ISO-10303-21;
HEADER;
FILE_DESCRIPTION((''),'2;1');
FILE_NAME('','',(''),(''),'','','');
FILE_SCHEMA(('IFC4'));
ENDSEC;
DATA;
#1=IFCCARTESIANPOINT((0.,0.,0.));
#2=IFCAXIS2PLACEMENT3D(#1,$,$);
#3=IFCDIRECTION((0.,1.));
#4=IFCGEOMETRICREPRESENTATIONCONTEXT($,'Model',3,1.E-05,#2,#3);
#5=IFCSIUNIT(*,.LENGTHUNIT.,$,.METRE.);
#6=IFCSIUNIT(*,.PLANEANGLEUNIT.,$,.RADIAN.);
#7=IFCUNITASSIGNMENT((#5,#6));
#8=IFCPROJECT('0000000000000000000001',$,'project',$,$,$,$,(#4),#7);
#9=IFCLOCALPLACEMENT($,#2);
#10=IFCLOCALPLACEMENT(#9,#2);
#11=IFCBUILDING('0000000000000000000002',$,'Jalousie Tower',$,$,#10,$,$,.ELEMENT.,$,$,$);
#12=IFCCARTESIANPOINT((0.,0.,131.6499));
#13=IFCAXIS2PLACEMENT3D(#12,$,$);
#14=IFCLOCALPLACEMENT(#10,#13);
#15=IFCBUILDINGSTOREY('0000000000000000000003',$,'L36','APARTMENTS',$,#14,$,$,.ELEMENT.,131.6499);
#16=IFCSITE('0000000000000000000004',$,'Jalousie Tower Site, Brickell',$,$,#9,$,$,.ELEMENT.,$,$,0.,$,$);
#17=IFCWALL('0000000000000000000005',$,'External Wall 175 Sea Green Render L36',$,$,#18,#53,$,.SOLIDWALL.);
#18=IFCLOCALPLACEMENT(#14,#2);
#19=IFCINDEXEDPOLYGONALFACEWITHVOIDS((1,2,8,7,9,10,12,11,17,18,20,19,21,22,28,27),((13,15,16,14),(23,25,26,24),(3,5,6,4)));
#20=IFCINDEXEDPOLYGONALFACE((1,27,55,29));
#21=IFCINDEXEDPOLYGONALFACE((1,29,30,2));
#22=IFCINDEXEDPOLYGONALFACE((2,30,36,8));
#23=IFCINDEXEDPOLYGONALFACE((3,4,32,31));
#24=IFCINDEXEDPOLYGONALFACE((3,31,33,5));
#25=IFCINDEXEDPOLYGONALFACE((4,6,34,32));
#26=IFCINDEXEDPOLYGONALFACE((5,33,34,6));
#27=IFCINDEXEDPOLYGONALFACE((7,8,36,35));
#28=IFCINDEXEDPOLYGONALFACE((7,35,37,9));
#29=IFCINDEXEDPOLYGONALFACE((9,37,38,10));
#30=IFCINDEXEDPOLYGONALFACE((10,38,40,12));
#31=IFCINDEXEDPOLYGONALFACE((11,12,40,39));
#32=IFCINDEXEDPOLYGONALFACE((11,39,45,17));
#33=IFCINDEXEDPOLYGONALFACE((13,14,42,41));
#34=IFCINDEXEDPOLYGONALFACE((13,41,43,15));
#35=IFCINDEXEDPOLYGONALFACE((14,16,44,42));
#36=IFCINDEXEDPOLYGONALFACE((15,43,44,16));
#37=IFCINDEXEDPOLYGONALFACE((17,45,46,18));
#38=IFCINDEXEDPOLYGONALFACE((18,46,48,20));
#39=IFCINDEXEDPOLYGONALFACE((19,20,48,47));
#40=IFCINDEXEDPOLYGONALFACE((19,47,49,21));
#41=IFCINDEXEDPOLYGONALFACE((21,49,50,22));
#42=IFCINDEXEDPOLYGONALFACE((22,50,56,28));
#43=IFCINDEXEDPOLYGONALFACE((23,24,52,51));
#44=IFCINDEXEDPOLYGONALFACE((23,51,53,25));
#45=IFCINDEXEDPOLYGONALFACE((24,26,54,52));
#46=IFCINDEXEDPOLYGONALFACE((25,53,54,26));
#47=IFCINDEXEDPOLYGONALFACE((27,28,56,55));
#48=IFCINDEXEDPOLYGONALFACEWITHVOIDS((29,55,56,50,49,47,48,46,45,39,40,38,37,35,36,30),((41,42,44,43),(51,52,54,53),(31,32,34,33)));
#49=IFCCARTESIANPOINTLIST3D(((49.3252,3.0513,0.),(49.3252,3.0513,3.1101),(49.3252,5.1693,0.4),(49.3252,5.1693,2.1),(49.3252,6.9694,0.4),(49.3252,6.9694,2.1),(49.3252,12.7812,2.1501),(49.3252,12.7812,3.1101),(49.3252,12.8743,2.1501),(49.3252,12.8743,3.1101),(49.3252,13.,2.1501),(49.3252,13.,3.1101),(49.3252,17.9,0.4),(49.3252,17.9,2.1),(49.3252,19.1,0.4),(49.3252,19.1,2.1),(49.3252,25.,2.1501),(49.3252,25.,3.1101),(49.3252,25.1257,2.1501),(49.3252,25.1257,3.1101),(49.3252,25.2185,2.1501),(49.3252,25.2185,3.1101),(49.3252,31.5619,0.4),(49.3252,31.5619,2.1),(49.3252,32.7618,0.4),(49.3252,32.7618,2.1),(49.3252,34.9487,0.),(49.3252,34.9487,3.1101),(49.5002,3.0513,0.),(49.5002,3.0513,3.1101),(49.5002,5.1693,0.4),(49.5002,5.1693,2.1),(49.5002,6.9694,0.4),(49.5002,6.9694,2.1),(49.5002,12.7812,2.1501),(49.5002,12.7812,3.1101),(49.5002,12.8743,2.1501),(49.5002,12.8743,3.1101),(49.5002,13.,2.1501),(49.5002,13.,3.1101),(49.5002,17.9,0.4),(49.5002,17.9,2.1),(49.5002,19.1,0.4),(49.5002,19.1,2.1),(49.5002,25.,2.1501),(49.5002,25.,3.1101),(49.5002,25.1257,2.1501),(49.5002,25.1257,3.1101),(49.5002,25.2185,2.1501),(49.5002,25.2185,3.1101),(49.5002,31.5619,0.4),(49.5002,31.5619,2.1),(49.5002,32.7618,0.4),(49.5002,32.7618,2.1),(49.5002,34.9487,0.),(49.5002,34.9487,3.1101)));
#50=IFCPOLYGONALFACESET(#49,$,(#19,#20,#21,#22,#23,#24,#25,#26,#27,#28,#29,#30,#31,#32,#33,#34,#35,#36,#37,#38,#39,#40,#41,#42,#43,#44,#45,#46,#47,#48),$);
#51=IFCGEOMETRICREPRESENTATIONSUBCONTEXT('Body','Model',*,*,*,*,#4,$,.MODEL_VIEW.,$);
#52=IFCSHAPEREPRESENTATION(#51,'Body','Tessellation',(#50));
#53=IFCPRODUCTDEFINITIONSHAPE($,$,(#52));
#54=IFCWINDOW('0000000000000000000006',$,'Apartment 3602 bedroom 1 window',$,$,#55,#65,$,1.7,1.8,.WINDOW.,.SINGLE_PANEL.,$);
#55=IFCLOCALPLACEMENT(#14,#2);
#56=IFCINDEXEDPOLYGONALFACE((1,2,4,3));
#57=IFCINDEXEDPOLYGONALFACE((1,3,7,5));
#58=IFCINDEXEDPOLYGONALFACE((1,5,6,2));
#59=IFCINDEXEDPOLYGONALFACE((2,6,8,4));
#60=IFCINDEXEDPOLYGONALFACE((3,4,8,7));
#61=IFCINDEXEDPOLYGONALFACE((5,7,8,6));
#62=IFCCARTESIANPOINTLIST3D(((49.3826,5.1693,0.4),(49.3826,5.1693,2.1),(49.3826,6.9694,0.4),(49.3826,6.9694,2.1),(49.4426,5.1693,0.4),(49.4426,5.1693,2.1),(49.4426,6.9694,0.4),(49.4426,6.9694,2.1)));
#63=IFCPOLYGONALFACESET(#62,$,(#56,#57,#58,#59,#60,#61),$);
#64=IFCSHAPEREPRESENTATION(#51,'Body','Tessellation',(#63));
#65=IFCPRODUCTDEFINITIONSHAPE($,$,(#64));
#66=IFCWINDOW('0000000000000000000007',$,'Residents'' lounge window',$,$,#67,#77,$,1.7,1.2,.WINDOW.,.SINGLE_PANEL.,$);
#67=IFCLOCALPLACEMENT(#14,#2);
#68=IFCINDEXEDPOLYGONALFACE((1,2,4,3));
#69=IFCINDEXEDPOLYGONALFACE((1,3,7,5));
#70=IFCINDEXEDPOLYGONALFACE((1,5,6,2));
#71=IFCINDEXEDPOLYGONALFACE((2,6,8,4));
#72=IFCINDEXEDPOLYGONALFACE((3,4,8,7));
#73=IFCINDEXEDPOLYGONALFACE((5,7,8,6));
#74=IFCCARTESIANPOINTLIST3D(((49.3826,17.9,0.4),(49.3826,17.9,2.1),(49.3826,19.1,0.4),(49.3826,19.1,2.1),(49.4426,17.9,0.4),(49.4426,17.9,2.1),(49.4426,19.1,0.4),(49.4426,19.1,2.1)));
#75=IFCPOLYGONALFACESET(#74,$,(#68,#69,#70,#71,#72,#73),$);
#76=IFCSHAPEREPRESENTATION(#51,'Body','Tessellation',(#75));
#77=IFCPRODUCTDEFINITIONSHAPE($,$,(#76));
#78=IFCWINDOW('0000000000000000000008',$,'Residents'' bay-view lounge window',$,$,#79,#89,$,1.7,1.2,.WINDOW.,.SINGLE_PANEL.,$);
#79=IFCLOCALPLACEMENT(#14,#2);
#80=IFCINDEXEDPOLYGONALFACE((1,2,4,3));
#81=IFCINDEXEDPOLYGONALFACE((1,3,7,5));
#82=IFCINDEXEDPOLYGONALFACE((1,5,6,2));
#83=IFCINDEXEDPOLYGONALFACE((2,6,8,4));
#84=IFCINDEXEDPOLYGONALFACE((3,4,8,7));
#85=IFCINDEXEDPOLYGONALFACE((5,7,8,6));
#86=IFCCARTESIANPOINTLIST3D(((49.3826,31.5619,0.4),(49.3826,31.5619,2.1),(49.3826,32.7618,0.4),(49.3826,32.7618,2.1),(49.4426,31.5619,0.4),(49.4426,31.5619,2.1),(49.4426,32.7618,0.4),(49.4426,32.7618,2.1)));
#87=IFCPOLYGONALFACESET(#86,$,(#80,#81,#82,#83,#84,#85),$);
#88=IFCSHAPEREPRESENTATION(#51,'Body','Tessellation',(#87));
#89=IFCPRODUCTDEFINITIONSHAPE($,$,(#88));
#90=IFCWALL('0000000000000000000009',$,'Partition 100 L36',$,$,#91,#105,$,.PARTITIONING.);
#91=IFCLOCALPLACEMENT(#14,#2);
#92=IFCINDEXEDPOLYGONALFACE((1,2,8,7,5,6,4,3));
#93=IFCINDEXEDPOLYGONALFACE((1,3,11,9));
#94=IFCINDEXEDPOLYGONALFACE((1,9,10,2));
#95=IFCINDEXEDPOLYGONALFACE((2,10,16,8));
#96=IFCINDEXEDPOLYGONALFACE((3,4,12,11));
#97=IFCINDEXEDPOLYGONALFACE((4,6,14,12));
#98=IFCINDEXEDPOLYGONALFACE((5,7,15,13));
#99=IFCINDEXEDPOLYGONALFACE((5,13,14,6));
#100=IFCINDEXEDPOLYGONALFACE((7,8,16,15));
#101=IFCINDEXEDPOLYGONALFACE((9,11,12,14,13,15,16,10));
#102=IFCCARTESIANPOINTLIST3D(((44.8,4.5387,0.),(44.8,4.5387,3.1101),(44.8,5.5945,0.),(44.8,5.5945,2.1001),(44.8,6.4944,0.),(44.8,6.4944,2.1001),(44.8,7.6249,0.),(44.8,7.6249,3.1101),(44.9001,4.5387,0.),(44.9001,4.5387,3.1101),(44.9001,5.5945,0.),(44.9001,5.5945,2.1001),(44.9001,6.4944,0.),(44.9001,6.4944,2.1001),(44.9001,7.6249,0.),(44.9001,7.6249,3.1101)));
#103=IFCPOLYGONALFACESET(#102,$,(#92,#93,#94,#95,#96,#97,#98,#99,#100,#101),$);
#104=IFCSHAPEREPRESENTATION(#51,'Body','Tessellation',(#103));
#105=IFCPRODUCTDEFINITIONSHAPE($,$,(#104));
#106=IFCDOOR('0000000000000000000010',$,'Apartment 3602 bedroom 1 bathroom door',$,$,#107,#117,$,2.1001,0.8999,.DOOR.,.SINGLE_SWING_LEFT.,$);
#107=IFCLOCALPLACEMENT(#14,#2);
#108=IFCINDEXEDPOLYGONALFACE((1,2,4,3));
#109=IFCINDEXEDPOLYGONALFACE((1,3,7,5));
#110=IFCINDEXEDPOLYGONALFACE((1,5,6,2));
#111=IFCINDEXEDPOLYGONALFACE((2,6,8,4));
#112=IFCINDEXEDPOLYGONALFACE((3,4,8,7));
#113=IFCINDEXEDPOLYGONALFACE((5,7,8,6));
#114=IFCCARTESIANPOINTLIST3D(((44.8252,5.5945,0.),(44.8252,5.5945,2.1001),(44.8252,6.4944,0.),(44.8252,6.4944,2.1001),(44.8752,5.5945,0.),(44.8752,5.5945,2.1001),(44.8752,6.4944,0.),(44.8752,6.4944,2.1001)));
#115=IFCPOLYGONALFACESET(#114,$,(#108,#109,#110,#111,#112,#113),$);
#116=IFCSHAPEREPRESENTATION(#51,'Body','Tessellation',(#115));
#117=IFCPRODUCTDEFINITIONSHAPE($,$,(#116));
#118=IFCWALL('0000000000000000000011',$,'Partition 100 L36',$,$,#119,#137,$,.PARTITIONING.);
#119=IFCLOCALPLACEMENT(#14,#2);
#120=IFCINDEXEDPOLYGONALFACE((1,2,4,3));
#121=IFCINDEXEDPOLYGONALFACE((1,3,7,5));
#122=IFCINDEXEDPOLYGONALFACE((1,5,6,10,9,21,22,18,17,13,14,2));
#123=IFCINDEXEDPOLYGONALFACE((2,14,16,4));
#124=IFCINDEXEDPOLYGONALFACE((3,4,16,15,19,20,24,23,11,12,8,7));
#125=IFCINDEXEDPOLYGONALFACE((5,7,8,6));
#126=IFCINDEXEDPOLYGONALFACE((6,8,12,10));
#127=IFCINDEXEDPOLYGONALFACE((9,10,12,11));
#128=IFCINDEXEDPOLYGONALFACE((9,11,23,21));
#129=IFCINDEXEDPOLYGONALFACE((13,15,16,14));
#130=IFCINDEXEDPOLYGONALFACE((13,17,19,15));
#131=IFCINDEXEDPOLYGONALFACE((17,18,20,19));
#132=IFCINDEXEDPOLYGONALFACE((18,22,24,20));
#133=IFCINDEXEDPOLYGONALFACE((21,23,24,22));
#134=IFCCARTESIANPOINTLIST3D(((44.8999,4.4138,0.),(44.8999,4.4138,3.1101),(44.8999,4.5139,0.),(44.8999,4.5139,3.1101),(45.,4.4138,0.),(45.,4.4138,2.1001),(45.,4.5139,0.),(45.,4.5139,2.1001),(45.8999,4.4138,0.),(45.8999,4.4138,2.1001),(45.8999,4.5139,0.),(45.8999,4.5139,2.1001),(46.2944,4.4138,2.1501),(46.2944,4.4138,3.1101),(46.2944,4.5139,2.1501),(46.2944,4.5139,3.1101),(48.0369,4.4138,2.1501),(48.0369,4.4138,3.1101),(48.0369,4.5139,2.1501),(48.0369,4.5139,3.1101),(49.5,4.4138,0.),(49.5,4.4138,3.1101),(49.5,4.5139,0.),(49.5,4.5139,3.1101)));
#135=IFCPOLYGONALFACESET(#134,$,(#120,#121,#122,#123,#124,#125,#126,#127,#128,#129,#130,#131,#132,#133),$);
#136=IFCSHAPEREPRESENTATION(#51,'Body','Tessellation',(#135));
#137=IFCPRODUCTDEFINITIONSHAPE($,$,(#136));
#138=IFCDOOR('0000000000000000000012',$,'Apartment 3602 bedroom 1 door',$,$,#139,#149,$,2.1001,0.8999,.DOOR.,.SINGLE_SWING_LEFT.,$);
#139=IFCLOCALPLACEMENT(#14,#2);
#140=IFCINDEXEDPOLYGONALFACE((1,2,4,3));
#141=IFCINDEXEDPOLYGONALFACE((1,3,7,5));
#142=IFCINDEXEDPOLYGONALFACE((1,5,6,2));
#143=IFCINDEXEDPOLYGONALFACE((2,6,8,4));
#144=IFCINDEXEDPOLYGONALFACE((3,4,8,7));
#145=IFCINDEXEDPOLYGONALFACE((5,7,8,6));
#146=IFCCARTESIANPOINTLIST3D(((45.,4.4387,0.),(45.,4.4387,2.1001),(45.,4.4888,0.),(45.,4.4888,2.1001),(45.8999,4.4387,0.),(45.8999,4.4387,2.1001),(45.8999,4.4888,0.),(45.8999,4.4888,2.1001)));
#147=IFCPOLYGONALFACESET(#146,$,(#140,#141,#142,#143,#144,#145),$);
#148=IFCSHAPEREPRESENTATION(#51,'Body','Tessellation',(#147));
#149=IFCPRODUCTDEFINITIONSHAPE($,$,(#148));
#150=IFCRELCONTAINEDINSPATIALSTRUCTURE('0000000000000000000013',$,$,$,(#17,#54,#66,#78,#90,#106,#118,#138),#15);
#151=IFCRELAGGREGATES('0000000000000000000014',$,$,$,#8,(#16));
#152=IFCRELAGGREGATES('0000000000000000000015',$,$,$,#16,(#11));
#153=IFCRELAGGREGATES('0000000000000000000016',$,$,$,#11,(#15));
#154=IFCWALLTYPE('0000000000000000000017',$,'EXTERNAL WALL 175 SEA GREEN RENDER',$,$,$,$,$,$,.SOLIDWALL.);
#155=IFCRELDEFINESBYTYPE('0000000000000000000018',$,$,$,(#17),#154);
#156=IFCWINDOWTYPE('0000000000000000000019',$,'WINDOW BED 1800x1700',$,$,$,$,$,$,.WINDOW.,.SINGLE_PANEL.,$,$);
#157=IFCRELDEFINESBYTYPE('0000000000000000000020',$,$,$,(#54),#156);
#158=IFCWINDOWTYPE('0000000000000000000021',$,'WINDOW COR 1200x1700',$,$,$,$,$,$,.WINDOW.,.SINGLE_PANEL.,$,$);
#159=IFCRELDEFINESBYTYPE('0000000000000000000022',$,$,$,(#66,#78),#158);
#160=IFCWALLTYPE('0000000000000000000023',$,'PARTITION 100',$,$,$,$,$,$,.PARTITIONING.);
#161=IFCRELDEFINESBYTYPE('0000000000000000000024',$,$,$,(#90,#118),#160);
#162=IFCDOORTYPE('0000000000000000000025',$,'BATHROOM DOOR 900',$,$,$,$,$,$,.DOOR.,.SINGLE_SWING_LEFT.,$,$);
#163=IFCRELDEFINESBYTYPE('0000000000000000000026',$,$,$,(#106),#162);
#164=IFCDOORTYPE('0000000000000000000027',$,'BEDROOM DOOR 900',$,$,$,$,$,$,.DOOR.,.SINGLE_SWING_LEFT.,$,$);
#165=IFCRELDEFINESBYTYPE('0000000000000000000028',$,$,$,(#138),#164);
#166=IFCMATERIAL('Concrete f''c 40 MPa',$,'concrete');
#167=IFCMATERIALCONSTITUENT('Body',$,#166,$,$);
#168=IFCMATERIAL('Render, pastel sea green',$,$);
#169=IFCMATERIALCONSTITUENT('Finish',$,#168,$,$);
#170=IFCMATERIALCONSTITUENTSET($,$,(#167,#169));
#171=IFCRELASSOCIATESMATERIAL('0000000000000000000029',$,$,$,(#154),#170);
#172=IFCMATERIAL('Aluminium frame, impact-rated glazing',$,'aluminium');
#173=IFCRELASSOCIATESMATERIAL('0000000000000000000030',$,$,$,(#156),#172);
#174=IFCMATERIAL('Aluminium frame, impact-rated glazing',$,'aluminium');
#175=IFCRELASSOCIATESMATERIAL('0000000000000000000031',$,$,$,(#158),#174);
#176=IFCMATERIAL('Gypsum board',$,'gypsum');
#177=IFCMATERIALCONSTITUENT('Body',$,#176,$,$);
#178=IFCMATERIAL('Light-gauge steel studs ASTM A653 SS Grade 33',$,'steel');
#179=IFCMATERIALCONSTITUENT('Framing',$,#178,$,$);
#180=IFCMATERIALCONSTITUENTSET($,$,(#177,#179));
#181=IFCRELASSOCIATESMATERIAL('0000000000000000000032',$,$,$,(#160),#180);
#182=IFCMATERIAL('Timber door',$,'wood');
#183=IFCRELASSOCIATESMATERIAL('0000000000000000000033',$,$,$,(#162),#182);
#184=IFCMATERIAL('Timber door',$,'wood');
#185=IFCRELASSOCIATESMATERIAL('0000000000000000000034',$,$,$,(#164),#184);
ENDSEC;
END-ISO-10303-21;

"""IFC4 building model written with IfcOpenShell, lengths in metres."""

from ifc_helpers import new_model, si_unit, direction, frame, frame_2d, origin, place, context, subcontext, project, spatial, polyline, rectangle, outline, extrude, material, constituent, constituent_set, type_object, element, fill, save


model = new_model("IFC4")

# Units and contexts
model_context = context("Model", 3, precision=1e-05, world=origin(), true_north=direction((0.0, 1.0)))
body_context = subcontext(model_context, "Body", "Model", "MODEL_VIEW")
ifc_project = project(units=[si_unit("LENGTHUNIT", "METRE"), si_unit("PLANEANGLEUNIT", "RADIAN")], contexts=[model_context])

# Site, building, storey
site_placement = place(None, origin())
site = spatial("IfcSite", under=ifc_project, at=site_placement, Name="Jalousie Tower Site, Brickell", CompositionType="ELEMENT", RefElevation=0.0)
building_placement = place(site_placement, origin())
building = spatial("IfcBuilding", under=site, at=building_placement, Name="Jalousie Tower", CompositionType="ELEMENT")
storey_placement = place(building_placement, frame((0.0, 0.0, 131.6499)))
storey = spatial("IfcBuildingStorey", under=building, at=storey_placement, Name="L36", Description="APARTMENTS", CompositionType="ELEMENT", Elevation=131.6499)

# Wall, openings, windows
ifc_material_1 = material(Name="Concrete f'c 40 MPa", Category="concrete")
ifc_constituent_1 = constituent(ifc_material_1, Name="Body")
ifc_material_2 = material(Name="Render, pastel sea green")
ifc_constituent_2 = constituent(ifc_material_2, Name="Finish")
ifc_constituent_set_1 = constituent_set(constituents=[ifc_constituent_1, ifc_constituent_2])
wall_type_1 = type_object("IfcWallType", Name="EXTERNAL WALL 175 SEA GREEN RENDER", PredefinedType="SOLIDWALL", material=ifc_constituent_set_1)
wall_1_placement = place(storey_placement, frame((49.4126, 3.0513, 0.0), z_axis=(0.0, 0.0, 1.0), x_axis=(0.0, 1.0, 0.0)))
wall_1 = element("IfcWall", 1, at=wall_1_placement, inside=storey, type_object=wall_type_1, Name="External Wall 175 Sea Green Render L36", PredefinedType="SOLIDWALL", context=body_context, shape_type="SweptSolid", body=[
    extrude(outline(polyline([(0.0, 0.0), (31.8975, 0.0), (31.8975, 3.1101), (22.1672, 3.1101), (22.1672, 2.1501), (22.0745, 2.1501), (22.0745, 3.1101), (21.9487, 3.1101), (21.9487, 2.1501), (9.9487, 2.1501), (9.9487, 3.1101), (9.823, 3.1101), (9.823, 2.1501), (9.73, 2.1501), (9.73, 3.1101), (0.0, 3.1101), (0.0, 0.0)])), frame((0.0, 0.0874, 0.0), z_axis=(0.0, -1.0, 0.0), x_axis=(1.0, 0.0, 0.0)), (0.0, 0.0, 1.0), 0.175),
])
opening_1_placement = place(wall_1_placement, frame((2.1182, 0.0, 0.3999)))
opening_1 = element("IfcOpeningElement", 2, at=opening_1_placement, cuts=wall_1, PredefinedType="OPENING", context=body_context, shape_type="SweptSolid", body=[
    extrude(rectangle(XDim=1.8, YDim=1.7, at=frame_2d((0.8999, 0.8501))), frame((0.0, 0.0974, 0.0), z_axis=(0.0, -1.0, 0.0), x_axis=(1.0, 0.0, 0.0)), (0.0, 0.0, 1.0), 0.1951),
])
opening_2_placement = place(wall_1_placement, frame((14.8486, 0.0, 0.3999)))
opening_2 = element("IfcOpeningElement", 3, at=opening_2_placement, cuts=wall_1, PredefinedType="OPENING", context=body_context, shape_type="SweptSolid", body=[
    extrude(rectangle(XDim=1.2, YDim=1.7, at=frame_2d((0.6001, 0.8501))), frame((0.0, 0.0974, 0.0), z_axis=(0.0, -1.0, 0.0), x_axis=(1.0, 0.0, 0.0)), (0.0, 0.0, 1.0), 0.1951),
])
opening_3_placement = place(wall_1_placement, frame((28.5105, 0.0, 0.3999)))
opening_3 = element("IfcOpeningElement", 4, at=opening_3_placement, cuts=wall_1, PredefinedType="OPENING", context=body_context, shape_type="SweptSolid", body=[
    extrude(rectangle(XDim=1.2, YDim=1.7, at=frame_2d((0.6001, 0.8501))), frame((0.0, 0.0974, 0.0), z_axis=(0.0, -1.0, 0.0), x_axis=(1.0, 0.0, 0.0)), (0.0, 0.0, 1.0), 0.1951),
])
ifc_material_3 = material(Name="Aluminium frame, impact-rated glazing", Category="aluminium")
window_type_1 = type_object("IfcWindowType", Name="WINDOW BED 1800x1700", PartitioningType="SINGLE_PANEL", PredefinedType="WINDOW", material=ifc_material_3)
window_1_placement = place(opening_1_placement, origin())
window_1 = element("IfcWindow", 5, at=window_1_placement, inside=storey, type_object=window_type_1, Name="Apartment 3602 bedroom 1 window", OverallHeight=1.7, OverallWidth=1.8, PartitioningType="SINGLE_PANEL", PredefinedType="WINDOW", context=body_context, shape_type="SweptSolid", body=[
    extrude(rectangle(XDim=1.8, YDim=1.7, at=frame_2d((0.8999, 0.8501))), frame((0.0, 0.03, 0.0), z_axis=(0.0, -1.0, 0.0), x_axis=(1.0, 0.0, 0.0)), (0.0, 0.0, 1.0), 0.0601),
])
fill(opening_1, window_1)
ifc_material_4 = material(Name="Aluminium frame, impact-rated glazing", Category="aluminium")
window_type_2 = type_object("IfcWindowType", Name="WINDOW COR 1200x1700", PartitioningType="SINGLE_PANEL", PredefinedType="WINDOW", material=ifc_material_4)
window_2_placement = place(opening_2_placement, origin())
window_2 = element("IfcWindow", 6, at=window_2_placement, inside=storey, type_object=window_type_2, Name="Residents' lounge window", OverallHeight=1.7, OverallWidth=1.2, PartitioningType="SINGLE_PANEL", PredefinedType="WINDOW", context=body_context, shape_type="SweptSolid", body=[
    extrude(rectangle(XDim=1.2, YDim=1.7, at=frame_2d((0.6001, 0.8501))), frame((0.0, 0.03, 0.0), z_axis=(0.0, -1.0, 0.0), x_axis=(1.0, 0.0, 0.0)), (0.0, 0.0, 1.0), 0.0601),
])
fill(opening_2, window_2)
window_3_placement = place(opening_3_placement, origin())
window_3 = element("IfcWindow", 7, at=window_3_placement, inside=storey, type_object=window_type_2, Name="Residents' bay-view lounge window", OverallHeight=1.7, OverallWidth=1.2, PartitioningType="SINGLE_PANEL", PredefinedType="WINDOW", context=body_context, shape_type="SweptSolid", body=[
    extrude(rectangle(XDim=1.2, YDim=1.7, at=frame_2d((0.6001, 0.8501))), frame((0.0, 0.03, 0.0), z_axis=(0.0, -1.0, 0.0), x_axis=(1.0, 0.0, 0.0)), (0.0, 0.0, 1.0), 0.0601),
])
fill(opening_3, window_3)

# Walls, openings, doors
ifc_material_5 = material(Name="Gypsum board", Category="gypsum")
ifc_constituent_3 = constituent(ifc_material_5, Name="Body")
ifc_material_6 = material(Name="Light-gauge steel studs ASTM A653 SS Grade 33", Category="steel")
ifc_constituent_4 = constituent(ifc_material_6, Name="Framing")
ifc_constituent_set_2 = constituent_set(constituents=[ifc_constituent_3, ifc_constituent_4])
wall_type_2 = type_object("IfcWallType", Name="PARTITION 100", PredefinedType="PARTITIONING", material=ifc_constituent_set_2)
wall_2_placement = place(storey_placement, frame((44.8501, 4.5388, 0.0), z_axis=(0.0, 0.0, 1.0), x_axis=(0.0, 1.0, 0.0)))
wall_2 = element("IfcWall", 8, at=wall_2_placement, inside=storey, type_object=wall_type_2, Name="Partition 100 L36", PredefinedType="PARTITIONING", context=body_context, shape_type="SweptSolid", body=[
    extrude(rectangle(XDim=3.0862, YDim=0.1001, at=frame_2d((1.543, 0.0))), origin(), (0.0, 0.0, 1.0), 3.1101),
])
opening_4_placement = place(wall_2_placement, frame((1.0557, 0.0, 0.0)))
opening_4 = element("IfcOpeningElement", 9, at=opening_4_placement, cuts=wall_2, PredefinedType="OPENING", context=body_context, shape_type="SweptSolid", body=[
    extrude(rectangle(XDim=0.8999, YDim=2.1001, at=frame_2d((0.45, 1.05))), frame((0.0, 0.0601, 0.0), z_axis=(0.0, -1.0, 0.0), x_axis=(1.0, 0.0, 0.0)), (0.0, 0.0, 1.0), 0.1201),
])
ifc_material_7 = material(Name="Timber door", Category="wood")
door_type_1 = type_object("IfcDoorType", Name="BATHROOM DOOR 900", OperationType="SINGLE_SWING_LEFT", PredefinedType="DOOR", material=ifc_material_7)
door_1_placement = place(opening_4_placement, origin())
door_1 = element("IfcDoor", 10, at=door_1_placement, inside=storey, type_object=door_type_1, Name="Apartment 3602 bedroom 1 bathroom door", OperationType="SINGLE_SWING_LEFT", OverallHeight=2.1001, OverallWidth=0.8999, PredefinedType="DOOR", context=body_context, shape_type="SweptSolid", body=[
    extrude(rectangle(XDim=0.8999, YDim=2.1001, at=frame_2d((0.45, 1.05))), frame((0.0, 0.0249, 0.0), z_axis=(0.0, -1.0, 0.0), x_axis=(1.0, 0.0, 0.0)), (0.0, 0.0, 1.0), 0.05),
])
fill(opening_4, door_1)
wall_3_placement = place(storey_placement, frame((44.8999, 4.4639, 0.0), z_axis=(0.0, 0.0, 1.0), x_axis=(1.0, 0.0, 0.0)))
wall_3 = element("IfcWall", 11, at=wall_3_placement, inside=storey, type_object=wall_type_2, Name="Partition 100 L36", PredefinedType="PARTITIONING", context=body_context, shape_type="SweptSolid", body=[
    extrude(outline(polyline([(0.0, 0.0), (4.6001, 0.0), (4.6001, 3.1101), (3.137, 3.1101), (3.137, 2.1501), (1.3945, 2.1501), (1.3945, 3.1101), (0.0, 3.1101), (0.0, 0.0)])), frame((0.0, 0.05, 0.0), z_axis=(0.0, -1.0, 0.0), x_axis=(1.0, 0.0, 0.0)), (0.0, 0.0, 1.0), 0.1001),
])
opening_5_placement = place(wall_3_placement, frame((0.1001, 0.0, 0.0)))
opening_5 = element("IfcOpeningElement", 12, at=opening_5_placement, cuts=wall_3, PredefinedType="OPENING", context=body_context, shape_type="SweptSolid", body=[
    extrude(rectangle(XDim=0.8999, YDim=2.1001, at=frame_2d((0.45, 1.05))), frame((0.0, 0.0601, 0.0), z_axis=(0.0, -1.0, 0.0), x_axis=(1.0, 0.0, 0.0)), (0.0, 0.0, 1.0), 0.1201),
])
ifc_material_8 = material(Name="Timber door", Category="wood")
door_type_2 = type_object("IfcDoorType", Name="BEDROOM DOOR 900", OperationType="SINGLE_SWING_LEFT", PredefinedType="DOOR", material=ifc_material_8)
door_2_placement = place(opening_5_placement, origin())
door_2 = element("IfcDoor", 13, at=door_2_placement, inside=storey, type_object=door_type_2, Name="Apartment 3602 bedroom 1 door", OperationType="SINGLE_SWING_LEFT", OverallHeight=2.1001, OverallWidth=0.8999, PredefinedType="DOOR", context=body_context, shape_type="SweptSolid", body=[
    extrude(rectangle(XDim=0.8999, YDim=2.1001, at=frame_2d((0.45, 1.05))), frame((0.0, 0.0249, 0.0), z_axis=(0.0, -1.0, 0.0), x_axis=(1.0, 0.0, 0.0)), (0.0, 0.0, 1.0), 0.05),
])
fill(opening_5, door_2)

save(model, "model.ifc")
